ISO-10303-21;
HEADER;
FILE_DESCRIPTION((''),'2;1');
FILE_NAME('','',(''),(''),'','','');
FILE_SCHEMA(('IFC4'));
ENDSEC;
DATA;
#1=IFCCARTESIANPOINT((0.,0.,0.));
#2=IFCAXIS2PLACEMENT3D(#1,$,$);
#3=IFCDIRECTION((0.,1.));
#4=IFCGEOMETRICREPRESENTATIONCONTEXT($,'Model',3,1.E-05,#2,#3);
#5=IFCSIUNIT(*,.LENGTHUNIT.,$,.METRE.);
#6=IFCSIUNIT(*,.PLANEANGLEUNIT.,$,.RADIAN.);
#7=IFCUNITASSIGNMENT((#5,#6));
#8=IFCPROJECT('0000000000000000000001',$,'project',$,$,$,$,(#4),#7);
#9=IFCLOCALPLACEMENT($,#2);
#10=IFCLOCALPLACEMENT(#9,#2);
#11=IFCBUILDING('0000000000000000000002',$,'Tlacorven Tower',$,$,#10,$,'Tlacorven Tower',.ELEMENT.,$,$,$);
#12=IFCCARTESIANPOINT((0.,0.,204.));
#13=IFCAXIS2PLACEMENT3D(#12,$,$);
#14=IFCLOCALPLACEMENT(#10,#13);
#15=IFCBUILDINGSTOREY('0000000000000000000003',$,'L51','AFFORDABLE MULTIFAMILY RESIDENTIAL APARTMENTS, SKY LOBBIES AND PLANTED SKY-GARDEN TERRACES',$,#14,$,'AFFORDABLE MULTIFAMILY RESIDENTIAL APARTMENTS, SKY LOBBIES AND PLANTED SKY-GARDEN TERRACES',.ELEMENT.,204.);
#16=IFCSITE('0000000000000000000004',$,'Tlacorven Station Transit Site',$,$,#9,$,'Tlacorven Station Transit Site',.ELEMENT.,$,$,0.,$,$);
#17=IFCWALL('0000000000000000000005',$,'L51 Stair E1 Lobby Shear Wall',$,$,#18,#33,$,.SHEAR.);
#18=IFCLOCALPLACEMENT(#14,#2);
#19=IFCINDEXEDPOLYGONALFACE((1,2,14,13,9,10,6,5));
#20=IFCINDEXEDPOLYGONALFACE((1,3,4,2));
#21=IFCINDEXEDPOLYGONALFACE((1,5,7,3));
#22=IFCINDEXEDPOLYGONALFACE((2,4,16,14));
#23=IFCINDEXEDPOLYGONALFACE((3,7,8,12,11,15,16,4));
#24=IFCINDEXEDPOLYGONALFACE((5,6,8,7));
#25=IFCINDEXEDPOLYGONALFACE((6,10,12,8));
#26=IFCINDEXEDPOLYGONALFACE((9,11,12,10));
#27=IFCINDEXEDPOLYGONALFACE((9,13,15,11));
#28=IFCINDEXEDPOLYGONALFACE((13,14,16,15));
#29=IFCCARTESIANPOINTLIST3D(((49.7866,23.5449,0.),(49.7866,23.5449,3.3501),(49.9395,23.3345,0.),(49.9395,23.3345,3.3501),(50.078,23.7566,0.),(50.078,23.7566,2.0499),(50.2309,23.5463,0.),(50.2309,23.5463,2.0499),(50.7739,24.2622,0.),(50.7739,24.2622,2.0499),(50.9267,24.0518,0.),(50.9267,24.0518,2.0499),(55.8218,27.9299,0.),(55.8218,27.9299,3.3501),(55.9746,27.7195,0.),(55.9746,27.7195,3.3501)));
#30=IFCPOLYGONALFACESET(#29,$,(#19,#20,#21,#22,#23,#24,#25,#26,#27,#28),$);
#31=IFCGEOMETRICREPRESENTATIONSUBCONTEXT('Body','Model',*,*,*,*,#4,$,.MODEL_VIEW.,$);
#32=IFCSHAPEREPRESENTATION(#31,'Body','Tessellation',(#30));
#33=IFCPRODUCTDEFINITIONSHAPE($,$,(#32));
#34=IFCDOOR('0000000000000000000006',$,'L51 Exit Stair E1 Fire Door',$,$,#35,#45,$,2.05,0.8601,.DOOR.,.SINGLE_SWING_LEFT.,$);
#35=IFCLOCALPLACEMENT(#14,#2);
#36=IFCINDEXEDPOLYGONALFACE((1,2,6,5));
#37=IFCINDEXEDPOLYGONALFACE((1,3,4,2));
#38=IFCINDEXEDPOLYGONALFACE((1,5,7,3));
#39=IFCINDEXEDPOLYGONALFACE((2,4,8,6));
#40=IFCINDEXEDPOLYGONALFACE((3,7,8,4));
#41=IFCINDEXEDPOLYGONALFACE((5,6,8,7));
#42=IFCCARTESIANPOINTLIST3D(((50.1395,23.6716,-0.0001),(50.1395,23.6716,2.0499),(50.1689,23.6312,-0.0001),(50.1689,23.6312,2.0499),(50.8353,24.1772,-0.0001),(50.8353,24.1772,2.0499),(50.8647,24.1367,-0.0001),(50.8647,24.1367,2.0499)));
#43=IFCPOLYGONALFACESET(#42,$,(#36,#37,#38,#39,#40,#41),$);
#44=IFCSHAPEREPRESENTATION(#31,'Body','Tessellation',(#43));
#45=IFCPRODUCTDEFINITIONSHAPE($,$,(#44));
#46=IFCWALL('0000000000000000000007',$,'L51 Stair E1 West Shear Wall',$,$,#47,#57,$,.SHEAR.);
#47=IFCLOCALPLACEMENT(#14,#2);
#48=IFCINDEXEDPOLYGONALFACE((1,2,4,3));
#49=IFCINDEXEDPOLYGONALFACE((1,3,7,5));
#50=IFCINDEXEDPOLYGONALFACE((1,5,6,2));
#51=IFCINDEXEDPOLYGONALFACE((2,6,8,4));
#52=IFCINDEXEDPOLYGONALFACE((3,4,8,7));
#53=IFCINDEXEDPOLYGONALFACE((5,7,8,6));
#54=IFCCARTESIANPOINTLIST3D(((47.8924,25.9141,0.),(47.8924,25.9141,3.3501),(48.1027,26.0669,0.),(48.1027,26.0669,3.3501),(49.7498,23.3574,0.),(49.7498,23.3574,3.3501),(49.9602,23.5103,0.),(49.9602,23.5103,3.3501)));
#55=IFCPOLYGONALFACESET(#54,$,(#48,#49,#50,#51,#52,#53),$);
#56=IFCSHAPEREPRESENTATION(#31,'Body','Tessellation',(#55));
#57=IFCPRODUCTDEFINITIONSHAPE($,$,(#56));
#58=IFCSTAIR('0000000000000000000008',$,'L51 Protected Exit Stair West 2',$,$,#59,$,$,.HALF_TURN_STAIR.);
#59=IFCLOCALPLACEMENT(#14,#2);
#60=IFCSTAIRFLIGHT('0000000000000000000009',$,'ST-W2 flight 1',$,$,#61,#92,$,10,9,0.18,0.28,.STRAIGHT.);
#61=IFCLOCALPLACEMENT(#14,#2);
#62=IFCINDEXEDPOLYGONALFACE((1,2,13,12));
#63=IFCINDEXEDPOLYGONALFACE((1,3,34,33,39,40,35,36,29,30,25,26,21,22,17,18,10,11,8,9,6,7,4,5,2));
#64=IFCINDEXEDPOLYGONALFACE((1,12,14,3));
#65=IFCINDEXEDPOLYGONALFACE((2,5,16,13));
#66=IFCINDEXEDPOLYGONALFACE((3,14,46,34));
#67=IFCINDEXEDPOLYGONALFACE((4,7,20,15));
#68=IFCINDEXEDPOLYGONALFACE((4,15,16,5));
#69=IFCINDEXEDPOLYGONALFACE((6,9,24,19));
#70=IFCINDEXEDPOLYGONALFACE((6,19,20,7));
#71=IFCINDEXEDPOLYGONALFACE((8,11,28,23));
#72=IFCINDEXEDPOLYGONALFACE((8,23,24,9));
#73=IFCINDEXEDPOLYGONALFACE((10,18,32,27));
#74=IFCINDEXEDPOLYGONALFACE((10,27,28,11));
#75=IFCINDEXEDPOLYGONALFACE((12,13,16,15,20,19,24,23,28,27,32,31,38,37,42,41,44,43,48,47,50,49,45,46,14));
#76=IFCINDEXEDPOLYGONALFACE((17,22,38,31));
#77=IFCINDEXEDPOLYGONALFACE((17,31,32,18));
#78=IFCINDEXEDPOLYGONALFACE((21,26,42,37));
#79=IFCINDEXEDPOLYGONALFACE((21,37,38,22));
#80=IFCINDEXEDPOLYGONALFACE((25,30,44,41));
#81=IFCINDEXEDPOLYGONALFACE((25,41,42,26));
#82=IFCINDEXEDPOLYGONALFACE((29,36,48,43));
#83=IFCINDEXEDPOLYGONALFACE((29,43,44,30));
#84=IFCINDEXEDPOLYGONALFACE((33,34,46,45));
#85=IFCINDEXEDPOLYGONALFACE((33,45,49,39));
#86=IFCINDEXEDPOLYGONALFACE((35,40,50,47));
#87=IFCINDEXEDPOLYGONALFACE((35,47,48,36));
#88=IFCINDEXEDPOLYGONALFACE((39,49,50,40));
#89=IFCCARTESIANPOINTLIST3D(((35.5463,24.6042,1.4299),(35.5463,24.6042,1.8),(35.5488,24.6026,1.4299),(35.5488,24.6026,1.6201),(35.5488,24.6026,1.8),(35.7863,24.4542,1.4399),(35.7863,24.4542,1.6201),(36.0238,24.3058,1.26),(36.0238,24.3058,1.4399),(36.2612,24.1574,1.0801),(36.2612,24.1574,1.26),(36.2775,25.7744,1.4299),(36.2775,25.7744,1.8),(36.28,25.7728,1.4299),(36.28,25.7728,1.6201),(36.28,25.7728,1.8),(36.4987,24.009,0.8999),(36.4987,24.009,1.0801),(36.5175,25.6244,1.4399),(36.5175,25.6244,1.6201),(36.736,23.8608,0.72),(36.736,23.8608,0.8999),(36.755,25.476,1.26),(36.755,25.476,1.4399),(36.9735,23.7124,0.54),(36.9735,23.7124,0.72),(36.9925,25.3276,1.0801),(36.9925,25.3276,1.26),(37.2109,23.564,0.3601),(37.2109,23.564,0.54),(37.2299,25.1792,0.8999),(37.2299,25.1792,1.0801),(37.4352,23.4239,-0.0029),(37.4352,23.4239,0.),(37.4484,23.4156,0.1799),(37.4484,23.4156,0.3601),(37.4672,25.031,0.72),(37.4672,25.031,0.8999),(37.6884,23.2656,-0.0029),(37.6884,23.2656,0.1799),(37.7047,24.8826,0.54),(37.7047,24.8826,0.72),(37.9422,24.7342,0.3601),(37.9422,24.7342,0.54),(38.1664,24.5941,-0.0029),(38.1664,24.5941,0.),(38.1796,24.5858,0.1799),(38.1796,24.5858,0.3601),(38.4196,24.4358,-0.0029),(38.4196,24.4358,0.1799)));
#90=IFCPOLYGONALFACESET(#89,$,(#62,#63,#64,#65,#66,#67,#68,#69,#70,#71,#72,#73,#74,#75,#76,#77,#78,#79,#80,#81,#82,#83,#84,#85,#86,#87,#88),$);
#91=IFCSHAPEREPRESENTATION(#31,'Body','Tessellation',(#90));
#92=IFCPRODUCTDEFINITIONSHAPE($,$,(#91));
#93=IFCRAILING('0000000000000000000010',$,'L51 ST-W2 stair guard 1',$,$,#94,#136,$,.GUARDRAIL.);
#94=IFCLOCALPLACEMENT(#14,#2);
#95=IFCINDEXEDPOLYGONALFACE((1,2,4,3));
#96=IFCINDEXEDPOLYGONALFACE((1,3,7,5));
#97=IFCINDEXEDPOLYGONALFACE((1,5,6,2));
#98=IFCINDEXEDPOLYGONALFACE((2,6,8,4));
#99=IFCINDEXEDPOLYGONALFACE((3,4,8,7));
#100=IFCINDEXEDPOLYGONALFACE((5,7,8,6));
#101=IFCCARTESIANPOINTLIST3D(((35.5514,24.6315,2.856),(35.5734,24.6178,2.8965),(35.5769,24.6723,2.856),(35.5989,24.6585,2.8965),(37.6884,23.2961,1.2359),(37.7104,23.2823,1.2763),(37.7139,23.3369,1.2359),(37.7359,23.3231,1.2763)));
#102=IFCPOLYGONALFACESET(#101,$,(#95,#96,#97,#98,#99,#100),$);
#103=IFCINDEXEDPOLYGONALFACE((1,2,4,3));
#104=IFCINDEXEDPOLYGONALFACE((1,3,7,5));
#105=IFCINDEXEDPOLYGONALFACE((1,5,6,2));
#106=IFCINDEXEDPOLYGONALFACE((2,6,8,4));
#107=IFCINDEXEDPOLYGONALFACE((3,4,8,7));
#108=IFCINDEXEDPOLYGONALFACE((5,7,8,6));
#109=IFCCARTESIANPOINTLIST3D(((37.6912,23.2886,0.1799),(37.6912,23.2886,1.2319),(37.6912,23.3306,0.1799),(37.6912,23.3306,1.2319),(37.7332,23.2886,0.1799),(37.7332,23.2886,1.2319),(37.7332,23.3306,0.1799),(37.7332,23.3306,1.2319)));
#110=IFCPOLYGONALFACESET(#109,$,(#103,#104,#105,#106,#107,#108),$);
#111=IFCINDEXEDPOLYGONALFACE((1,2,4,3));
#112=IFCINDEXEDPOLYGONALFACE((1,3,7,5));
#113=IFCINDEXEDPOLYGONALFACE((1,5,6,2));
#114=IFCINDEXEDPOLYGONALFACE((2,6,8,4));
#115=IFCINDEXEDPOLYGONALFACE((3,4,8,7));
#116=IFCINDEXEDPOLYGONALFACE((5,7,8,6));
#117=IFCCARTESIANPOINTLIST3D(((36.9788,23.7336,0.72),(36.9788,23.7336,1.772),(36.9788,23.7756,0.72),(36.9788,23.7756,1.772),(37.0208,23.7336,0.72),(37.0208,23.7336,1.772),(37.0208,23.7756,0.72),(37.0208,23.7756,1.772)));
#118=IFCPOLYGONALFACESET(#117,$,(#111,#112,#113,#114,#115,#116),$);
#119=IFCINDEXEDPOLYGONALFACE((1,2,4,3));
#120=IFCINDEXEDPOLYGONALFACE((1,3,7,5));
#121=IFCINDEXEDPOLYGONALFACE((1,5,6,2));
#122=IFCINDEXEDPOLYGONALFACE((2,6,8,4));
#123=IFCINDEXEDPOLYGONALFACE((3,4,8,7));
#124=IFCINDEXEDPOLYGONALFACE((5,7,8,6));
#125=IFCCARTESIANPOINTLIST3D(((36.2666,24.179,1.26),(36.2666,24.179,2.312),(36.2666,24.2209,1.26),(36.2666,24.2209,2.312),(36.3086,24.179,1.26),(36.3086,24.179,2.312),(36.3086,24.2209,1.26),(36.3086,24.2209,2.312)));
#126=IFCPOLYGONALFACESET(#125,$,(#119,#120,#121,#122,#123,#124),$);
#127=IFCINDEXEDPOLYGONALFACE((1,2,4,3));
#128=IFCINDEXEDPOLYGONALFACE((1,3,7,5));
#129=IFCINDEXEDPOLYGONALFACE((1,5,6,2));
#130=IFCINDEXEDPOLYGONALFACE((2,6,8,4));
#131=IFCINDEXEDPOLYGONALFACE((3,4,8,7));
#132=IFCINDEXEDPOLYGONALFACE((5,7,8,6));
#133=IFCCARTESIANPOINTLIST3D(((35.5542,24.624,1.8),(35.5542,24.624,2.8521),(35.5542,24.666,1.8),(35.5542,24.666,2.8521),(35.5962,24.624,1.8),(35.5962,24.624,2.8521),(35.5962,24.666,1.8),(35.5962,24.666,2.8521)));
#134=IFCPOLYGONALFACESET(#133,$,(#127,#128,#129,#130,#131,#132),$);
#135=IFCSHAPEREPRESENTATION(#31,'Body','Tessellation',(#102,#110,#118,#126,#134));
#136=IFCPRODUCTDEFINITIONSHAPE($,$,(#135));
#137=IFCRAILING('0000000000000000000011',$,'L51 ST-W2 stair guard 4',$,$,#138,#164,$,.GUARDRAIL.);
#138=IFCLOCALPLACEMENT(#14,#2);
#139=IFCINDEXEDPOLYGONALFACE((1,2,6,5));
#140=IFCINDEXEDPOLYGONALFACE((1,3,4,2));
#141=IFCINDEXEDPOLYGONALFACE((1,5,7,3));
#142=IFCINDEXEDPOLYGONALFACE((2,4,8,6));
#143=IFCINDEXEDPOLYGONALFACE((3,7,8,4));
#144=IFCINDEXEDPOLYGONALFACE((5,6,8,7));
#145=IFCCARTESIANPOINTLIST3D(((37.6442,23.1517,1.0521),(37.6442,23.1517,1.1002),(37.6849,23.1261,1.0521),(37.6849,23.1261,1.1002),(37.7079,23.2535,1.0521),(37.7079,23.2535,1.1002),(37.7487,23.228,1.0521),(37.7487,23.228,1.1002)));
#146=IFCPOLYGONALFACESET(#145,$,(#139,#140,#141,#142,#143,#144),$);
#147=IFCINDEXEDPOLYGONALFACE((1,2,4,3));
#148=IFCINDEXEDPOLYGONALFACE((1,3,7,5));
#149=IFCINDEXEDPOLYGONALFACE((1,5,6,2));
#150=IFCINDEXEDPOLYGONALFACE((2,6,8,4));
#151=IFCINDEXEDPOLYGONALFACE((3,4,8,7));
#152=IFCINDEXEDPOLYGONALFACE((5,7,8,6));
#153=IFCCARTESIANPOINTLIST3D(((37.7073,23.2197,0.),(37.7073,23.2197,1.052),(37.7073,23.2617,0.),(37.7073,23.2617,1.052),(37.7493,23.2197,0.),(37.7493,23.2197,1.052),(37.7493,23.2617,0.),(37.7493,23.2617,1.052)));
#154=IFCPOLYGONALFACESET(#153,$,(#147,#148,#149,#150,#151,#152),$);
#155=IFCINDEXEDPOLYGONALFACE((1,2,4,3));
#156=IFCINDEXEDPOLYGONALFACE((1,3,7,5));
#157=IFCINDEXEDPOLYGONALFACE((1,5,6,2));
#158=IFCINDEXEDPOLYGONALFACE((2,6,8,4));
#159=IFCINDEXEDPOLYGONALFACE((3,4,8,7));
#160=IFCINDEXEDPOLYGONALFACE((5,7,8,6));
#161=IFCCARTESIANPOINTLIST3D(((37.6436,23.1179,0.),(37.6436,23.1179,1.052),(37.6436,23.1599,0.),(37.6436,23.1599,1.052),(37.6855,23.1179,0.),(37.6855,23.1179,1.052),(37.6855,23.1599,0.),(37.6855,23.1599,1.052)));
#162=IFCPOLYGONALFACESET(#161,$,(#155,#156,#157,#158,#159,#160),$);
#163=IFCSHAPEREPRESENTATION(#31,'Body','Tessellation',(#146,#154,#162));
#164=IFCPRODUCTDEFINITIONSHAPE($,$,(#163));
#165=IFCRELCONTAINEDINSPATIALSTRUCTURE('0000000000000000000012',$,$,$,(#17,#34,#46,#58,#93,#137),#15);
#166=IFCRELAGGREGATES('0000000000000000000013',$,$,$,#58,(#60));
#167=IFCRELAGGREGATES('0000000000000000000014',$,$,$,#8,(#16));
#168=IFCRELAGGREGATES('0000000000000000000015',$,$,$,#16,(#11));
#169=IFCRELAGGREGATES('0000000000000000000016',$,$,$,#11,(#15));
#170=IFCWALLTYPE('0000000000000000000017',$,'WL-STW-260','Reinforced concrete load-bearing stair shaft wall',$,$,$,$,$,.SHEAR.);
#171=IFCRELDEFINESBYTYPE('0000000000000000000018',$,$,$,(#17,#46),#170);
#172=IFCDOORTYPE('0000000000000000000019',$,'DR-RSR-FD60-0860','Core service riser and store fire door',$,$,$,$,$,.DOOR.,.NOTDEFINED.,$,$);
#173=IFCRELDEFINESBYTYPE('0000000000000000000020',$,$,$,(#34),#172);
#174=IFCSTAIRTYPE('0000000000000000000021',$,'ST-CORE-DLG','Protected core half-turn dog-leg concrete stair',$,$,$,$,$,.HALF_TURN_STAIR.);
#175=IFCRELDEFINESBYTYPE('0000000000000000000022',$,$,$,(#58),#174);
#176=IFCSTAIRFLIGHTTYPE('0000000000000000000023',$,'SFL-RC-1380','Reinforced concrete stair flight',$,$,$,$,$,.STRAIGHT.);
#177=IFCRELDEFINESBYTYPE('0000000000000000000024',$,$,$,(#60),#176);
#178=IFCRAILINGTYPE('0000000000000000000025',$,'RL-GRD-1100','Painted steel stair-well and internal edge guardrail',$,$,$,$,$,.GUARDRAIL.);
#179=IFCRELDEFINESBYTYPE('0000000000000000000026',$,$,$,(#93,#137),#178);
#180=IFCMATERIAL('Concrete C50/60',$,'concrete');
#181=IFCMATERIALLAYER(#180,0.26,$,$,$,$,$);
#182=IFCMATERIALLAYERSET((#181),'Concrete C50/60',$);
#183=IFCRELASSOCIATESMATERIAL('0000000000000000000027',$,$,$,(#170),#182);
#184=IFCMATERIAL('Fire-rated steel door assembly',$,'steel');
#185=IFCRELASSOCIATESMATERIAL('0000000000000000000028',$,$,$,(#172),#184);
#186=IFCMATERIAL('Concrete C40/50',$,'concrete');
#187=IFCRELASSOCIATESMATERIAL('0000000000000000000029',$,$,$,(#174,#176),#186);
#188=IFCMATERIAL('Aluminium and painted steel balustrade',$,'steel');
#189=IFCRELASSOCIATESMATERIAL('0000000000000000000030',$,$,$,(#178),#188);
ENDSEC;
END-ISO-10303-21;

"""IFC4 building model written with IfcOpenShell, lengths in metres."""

from ifc_helpers import new_model, si_unit, direction, frame, frame_2d, origin, origin_2d, place, context, subcontext, project, spatial, polyline, rectangle, outline, extrude, source, transform, mapped, material, layer, layer_set, type_object, element, fill, aggregate, save


model = new_model("IFC4")

# Units and contexts
model_context = context("Model", 3, precision=1e-05, world=origin(), true_north=direction((0.0, 1.0)))
body_context = subcontext(model_context, "Body", "Model", "MODEL_VIEW")
ifc_project = project(units=[si_unit("LENGTHUNIT", "METRE"), si_unit("PLANEANGLEUNIT", "RADIAN")], contexts=[model_context])

# Site, building, storey
site_placement = place(None, origin())
site = spatial("IfcSite", under=ifc_project, at=site_placement, Name="Tlacorven Station Transit Site", LongName="Tlacorven Station Transit Site", CompositionType="ELEMENT", RefElevation=0.0)
building_placement = place(site_placement, origin())
building = spatial("IfcBuilding", under=site, at=building_placement, Name="Tlacorven Tower", LongName="Tlacorven Tower", CompositionType="ELEMENT")
storey_placement = place(building_placement, frame((0.0, 0.0, 204.0)))
storey = spatial("IfcBuildingStorey", under=building, at=storey_placement, Name="L51", Description="AFFORDABLE MULTIFAMILY RESIDENTIAL APARTMENTS, SKY LOBBIES AND PLANTED SKY-GARDEN TERRACES", LongName="AFFORDABLE MULTIFAMILY RESIDENTIAL APARTMENTS, SKY LOBBIES AND PLANTED SKY-GARDEN TERRACES", CompositionType="ELEMENT", Elevation=204.0)

# Shared definitions
ifc_material_1 = material(Name="Concrete C40/50", Category="concrete")
ifc_material_2 = material(Name="Concrete C50/60", Category="concrete")
ifc_layer_1 = layer(ifc_material_2, 0.26)
ifc_layer_set_1 = layer_set([ifc_layer_1], Name="Concrete C50/60")
wall_type_1 = type_object("IfcWallType", Name="WL-STW-260", Description="Reinforced concrete load-bearing stair shaft wall", PredefinedType="SHEAR", material=ifc_layer_set_1)

# Wall, opening, door
wall_1_placement = place(storey_placement, frame((49.863, 23.4397, 0.0), z_axis=(0.0, 0.0, 1.0), x_axis=(0.809003, 0.587804, 0.0)))
wall_1 = element("IfcWall", 1, at=wall_1_placement, inside=storey, type_object=wall_type_1, Name="L51 Stair E1 Lobby Shear Wall", PredefinedType="SHEAR", context=body_context, shape_type="SweptSolid", body=[
    extrude(rectangle(XDim=7.46, YDim=0.26, at=frame_2d((3.73, 0.0))), origin(), (0.0, 0.0, 1.0), 3.3501),
])
opening_placement = place(wall_1_placement, frame((0.3601, 0.0, 0.0)))
opening = element("IfcOpeningElement", 2, at=opening_placement, cuts=wall_1, PredefinedType="OPENING", context=body_context, shape_type="SweptSolid", body=[
    extrude(rectangle(XDim=0.8601, YDim=2.05, at=frame_2d((0.4302, 1.0249))), frame((0.0, 0.1401, 0.0), z_axis=(0.0, -1.0, 0.0), x_axis=(1.0, 0.0, 0.0)), (0.0, 0.0, 1.0), 0.28),
])
ifc_material_3 = material(Name="Fire-rated steel door assembly", Category="steel")
door_type = type_object("IfcDoorType", Name="DR-RSR-FD60-0860", Description="Core service riser and store fire door", OperationType="NOTDEFINED", PredefinedType="DOOR", material=ifc_material_3)
shared_shape_1 = source(origin(), body_context, "Body", "SweptSolid", [
    extrude(rectangle(XDim=0.8601, YDim=2.05, at=frame_2d((0.4302, 1.0249))), frame((0.0, 0.0249, 0.0), z_axis=(0.0, -1.0, 0.0), x_axis=(1.0, 0.0, 0.0)), (0.0, 0.0, 1.0), 0.05),
])
door_placement = place(opening_placement, frame((0.8601, 0.0, 0.0), z_axis=(0.0, 0.0, 1.0), x_axis=(-1.0, 0.0, 0.0)))
door = element("IfcDoor", 3, at=door_placement, inside=storey, type_object=door_type, Name="L51 Exit Stair E1 Fire Door", OperationType="SINGLE_SWING_LEFT", OverallHeight=2.05, OverallWidth=0.8601, PredefinedType="DOOR", context=body_context, shape_type="MappedRepresentation", body=[
    mapped(shared_shape_1, transform((0.0, 0.0, 0.0), scale=1.0)),
])
fill(opening, door)

# Wall
wall_2_placement = place(storey_placement, frame((49.855, 23.4338, 0.0), z_axis=(0.0, 0.0, 1.0), x_axis=(-0.587767, 0.80903, 0.0)))
element("IfcWall", 4, at=wall_2_placement, inside=storey, type_object=wall_type_1, Name="L51 Stair E1 West Shear Wall", PredefinedType="SHEAR", context=body_context, shape_type="SweptSolid", body=[
    extrude(rectangle(XDim=3.1602, YDim=0.26, at=frame_2d((1.5801, 0.0))), origin(), (0.0, 0.0, 1.0), 3.3501),
])

# Stair, stair flight
stair_type = type_object("IfcStairType", Name="ST-CORE-DLG", Description="Protected core half-turn dog-leg concrete stair", PredefinedType="HALF_TURN_STAIR", material=ifc_material_1)
stair_placement = place(storey_placement, origin())
stair = element("IfcStair", 5, at=stair_placement, inside=storey, type_object=stair_type, Name="L51 Protected Exit Stair West 2", PredefinedType="HALF_TURN_STAIR")
stair_flight_type = type_object("IfcStairFlightType", Name="SFL-RC-1380", Description="Reinforced concrete stair flight", PredefinedType="STRAIGHT", material=ifc_material_1)
shared_shape_2 = source(origin(), body_context, "Body", "SweptSolid", [
    extrude(outline(polyline([(-0.0029, -0.0029), (-0.0029, 0.1799), (0.28, 0.1799), (0.28, 0.3601), (0.5601, 0.3601), (0.5601, 0.54), (0.8401, 0.54), (0.8401, 0.72), (1.1201, 0.72), (1.1201, 0.8999), (1.3999, 0.8999), (1.3999, 1.0801), (1.6799, 1.0801), (1.6799, 1.26), (1.96, 1.26), (1.96, 1.4399), (2.24, 1.4399), (2.24, 1.6201), (2.52, 1.6201), (2.52, 1.8), (2.5229, 1.8), (2.5229, 1.4299), (2.52, 1.4299), (0.2957, 0.0), (0.2957, -0.0029), (-0.0029, -0.0029)])), frame((0.0, 0.6899, 0.0), z_axis=(0.0, -1.0, 0.0), x_axis=(1.0, 0.0, 0.0)), (0.0, 0.0, 1.0), 1.3799),
])
stair_flight_placement = place(storey_placement, frame((38.0515, 23.8523, 0.0), z_axis=(0.0, 0.0, 1.0), x_axis=(-0.848048, 0.529919, 0.0)))
stair_flight = element("IfcStairFlight", 6, at=stair_flight_placement, type_object=stair_flight_type, Name="ST-W2 flight 1", NumberOfRisers=10, NumberOfTreads=9, PredefinedType="STRAIGHT", RiserHeight=0.18, TreadLength=0.28, context=body_context, shape_type="MappedRepresentation", body=[
    mapped(shared_shape_2, transform((0.0, 0.0, 0.0), scale=1.0)),
])
aggregate(stair, [stair_flight])

# Railings
ifc_material_4 = material(Name="Aluminium and painted steel balustrade", Category="steel")
railing_type_1 = type_object("IfcRailingType", Name="RL-GRD-1100", Description="Painted steel stair-well and internal edge guardrail", PredefinedType="GUARDRAIL", material=ifc_material_4)
shared_shape_3 = source(origin(), body_context, "Body", "SweptSolid", [
    extrude(rectangle(XDim=0.0481, YDim=0.0481, at=origin_2d()), frame((0.0, 0.0, 1.0762), z_axis=(-0.71332, 0.445774, 0.540796), x_axis=(-0.529955, -0.848026, 0.0)), (0.0, 0.0, 1.0), 2.9958),
    extrude(rectangle(XDim=0.042, YDim=0.042, at=origin_2d()), origin(), (0.0, 0.0, 1.0), 1.052),
    extrude(rectangle(XDim=0.042, YDim=0.042, at=origin_2d()), frame((-0.7124, 0.4451, 0.54)), (0.0, 0.0, 1.0), 1.052),
    extrude(rectangle(XDim=0.042, YDim=0.042, at=origin_2d()), frame((-1.4246, 0.8904, 1.0801)), (0.0, 0.0, 1.0), 1.052),
    extrude(rectangle(XDim=0.042, YDim=0.042, at=origin_2d()), frame((-2.137, 1.3354, 1.6201)), (0.0, 0.0, 1.0), 1.052),
])
railing_1_placement = place(storey_placement, frame((37.7122, 23.3096, 0.1799)))
element("IfcRailing", 7, at=railing_1_placement, inside=storey, type_object=railing_type_1, Name="L51 ST-W2 stair guard 1", PredefinedType="GUARDRAIL", context=body_context, shape_type="MappedRepresentation", body=[
    mapped(shared_shape_3, transform((0.0, 0.0, 0.0), scale=1.0)),
])
shared_shape_4 = source(origin(), body_context, "Body", "SweptSolid", [
    extrude(rectangle(XDim=0.0481, YDim=0.0481, at=origin_2d()), frame((0.0, 0.0, 1.0762), z_axis=(-0.530547, -0.847656, 0.0), x_axis=(0.847656, -0.530547, 0.0)), (0.0, 0.0, 1.0), 0.1201),
    extrude(rectangle(XDim=0.042, YDim=0.042, at=origin_2d()), origin(), (0.0, 0.0, 1.0), 1.052),
    extrude(rectangle(XDim=0.042, YDim=0.042, at=origin_2d()), frame((-0.0637, -0.1018, 0.0)), (0.0, 0.0, 1.0), 1.052),
])
railing_2_placement = place(storey_placement, frame((37.7283, 23.2407, 0.0)))
element("IfcRailing", 8, at=railing_2_placement, inside=storey, type_object=railing_type_1, Name="L51 ST-W2 stair guard 4", PredefinedType="GUARDRAIL", context=body_context, shape_type="MappedRepresentation", body=[
    mapped(shared_shape_4, transform((0.0, 0.0, 0.0), scale=1.0)),
])

save(model, "model.ifc")
